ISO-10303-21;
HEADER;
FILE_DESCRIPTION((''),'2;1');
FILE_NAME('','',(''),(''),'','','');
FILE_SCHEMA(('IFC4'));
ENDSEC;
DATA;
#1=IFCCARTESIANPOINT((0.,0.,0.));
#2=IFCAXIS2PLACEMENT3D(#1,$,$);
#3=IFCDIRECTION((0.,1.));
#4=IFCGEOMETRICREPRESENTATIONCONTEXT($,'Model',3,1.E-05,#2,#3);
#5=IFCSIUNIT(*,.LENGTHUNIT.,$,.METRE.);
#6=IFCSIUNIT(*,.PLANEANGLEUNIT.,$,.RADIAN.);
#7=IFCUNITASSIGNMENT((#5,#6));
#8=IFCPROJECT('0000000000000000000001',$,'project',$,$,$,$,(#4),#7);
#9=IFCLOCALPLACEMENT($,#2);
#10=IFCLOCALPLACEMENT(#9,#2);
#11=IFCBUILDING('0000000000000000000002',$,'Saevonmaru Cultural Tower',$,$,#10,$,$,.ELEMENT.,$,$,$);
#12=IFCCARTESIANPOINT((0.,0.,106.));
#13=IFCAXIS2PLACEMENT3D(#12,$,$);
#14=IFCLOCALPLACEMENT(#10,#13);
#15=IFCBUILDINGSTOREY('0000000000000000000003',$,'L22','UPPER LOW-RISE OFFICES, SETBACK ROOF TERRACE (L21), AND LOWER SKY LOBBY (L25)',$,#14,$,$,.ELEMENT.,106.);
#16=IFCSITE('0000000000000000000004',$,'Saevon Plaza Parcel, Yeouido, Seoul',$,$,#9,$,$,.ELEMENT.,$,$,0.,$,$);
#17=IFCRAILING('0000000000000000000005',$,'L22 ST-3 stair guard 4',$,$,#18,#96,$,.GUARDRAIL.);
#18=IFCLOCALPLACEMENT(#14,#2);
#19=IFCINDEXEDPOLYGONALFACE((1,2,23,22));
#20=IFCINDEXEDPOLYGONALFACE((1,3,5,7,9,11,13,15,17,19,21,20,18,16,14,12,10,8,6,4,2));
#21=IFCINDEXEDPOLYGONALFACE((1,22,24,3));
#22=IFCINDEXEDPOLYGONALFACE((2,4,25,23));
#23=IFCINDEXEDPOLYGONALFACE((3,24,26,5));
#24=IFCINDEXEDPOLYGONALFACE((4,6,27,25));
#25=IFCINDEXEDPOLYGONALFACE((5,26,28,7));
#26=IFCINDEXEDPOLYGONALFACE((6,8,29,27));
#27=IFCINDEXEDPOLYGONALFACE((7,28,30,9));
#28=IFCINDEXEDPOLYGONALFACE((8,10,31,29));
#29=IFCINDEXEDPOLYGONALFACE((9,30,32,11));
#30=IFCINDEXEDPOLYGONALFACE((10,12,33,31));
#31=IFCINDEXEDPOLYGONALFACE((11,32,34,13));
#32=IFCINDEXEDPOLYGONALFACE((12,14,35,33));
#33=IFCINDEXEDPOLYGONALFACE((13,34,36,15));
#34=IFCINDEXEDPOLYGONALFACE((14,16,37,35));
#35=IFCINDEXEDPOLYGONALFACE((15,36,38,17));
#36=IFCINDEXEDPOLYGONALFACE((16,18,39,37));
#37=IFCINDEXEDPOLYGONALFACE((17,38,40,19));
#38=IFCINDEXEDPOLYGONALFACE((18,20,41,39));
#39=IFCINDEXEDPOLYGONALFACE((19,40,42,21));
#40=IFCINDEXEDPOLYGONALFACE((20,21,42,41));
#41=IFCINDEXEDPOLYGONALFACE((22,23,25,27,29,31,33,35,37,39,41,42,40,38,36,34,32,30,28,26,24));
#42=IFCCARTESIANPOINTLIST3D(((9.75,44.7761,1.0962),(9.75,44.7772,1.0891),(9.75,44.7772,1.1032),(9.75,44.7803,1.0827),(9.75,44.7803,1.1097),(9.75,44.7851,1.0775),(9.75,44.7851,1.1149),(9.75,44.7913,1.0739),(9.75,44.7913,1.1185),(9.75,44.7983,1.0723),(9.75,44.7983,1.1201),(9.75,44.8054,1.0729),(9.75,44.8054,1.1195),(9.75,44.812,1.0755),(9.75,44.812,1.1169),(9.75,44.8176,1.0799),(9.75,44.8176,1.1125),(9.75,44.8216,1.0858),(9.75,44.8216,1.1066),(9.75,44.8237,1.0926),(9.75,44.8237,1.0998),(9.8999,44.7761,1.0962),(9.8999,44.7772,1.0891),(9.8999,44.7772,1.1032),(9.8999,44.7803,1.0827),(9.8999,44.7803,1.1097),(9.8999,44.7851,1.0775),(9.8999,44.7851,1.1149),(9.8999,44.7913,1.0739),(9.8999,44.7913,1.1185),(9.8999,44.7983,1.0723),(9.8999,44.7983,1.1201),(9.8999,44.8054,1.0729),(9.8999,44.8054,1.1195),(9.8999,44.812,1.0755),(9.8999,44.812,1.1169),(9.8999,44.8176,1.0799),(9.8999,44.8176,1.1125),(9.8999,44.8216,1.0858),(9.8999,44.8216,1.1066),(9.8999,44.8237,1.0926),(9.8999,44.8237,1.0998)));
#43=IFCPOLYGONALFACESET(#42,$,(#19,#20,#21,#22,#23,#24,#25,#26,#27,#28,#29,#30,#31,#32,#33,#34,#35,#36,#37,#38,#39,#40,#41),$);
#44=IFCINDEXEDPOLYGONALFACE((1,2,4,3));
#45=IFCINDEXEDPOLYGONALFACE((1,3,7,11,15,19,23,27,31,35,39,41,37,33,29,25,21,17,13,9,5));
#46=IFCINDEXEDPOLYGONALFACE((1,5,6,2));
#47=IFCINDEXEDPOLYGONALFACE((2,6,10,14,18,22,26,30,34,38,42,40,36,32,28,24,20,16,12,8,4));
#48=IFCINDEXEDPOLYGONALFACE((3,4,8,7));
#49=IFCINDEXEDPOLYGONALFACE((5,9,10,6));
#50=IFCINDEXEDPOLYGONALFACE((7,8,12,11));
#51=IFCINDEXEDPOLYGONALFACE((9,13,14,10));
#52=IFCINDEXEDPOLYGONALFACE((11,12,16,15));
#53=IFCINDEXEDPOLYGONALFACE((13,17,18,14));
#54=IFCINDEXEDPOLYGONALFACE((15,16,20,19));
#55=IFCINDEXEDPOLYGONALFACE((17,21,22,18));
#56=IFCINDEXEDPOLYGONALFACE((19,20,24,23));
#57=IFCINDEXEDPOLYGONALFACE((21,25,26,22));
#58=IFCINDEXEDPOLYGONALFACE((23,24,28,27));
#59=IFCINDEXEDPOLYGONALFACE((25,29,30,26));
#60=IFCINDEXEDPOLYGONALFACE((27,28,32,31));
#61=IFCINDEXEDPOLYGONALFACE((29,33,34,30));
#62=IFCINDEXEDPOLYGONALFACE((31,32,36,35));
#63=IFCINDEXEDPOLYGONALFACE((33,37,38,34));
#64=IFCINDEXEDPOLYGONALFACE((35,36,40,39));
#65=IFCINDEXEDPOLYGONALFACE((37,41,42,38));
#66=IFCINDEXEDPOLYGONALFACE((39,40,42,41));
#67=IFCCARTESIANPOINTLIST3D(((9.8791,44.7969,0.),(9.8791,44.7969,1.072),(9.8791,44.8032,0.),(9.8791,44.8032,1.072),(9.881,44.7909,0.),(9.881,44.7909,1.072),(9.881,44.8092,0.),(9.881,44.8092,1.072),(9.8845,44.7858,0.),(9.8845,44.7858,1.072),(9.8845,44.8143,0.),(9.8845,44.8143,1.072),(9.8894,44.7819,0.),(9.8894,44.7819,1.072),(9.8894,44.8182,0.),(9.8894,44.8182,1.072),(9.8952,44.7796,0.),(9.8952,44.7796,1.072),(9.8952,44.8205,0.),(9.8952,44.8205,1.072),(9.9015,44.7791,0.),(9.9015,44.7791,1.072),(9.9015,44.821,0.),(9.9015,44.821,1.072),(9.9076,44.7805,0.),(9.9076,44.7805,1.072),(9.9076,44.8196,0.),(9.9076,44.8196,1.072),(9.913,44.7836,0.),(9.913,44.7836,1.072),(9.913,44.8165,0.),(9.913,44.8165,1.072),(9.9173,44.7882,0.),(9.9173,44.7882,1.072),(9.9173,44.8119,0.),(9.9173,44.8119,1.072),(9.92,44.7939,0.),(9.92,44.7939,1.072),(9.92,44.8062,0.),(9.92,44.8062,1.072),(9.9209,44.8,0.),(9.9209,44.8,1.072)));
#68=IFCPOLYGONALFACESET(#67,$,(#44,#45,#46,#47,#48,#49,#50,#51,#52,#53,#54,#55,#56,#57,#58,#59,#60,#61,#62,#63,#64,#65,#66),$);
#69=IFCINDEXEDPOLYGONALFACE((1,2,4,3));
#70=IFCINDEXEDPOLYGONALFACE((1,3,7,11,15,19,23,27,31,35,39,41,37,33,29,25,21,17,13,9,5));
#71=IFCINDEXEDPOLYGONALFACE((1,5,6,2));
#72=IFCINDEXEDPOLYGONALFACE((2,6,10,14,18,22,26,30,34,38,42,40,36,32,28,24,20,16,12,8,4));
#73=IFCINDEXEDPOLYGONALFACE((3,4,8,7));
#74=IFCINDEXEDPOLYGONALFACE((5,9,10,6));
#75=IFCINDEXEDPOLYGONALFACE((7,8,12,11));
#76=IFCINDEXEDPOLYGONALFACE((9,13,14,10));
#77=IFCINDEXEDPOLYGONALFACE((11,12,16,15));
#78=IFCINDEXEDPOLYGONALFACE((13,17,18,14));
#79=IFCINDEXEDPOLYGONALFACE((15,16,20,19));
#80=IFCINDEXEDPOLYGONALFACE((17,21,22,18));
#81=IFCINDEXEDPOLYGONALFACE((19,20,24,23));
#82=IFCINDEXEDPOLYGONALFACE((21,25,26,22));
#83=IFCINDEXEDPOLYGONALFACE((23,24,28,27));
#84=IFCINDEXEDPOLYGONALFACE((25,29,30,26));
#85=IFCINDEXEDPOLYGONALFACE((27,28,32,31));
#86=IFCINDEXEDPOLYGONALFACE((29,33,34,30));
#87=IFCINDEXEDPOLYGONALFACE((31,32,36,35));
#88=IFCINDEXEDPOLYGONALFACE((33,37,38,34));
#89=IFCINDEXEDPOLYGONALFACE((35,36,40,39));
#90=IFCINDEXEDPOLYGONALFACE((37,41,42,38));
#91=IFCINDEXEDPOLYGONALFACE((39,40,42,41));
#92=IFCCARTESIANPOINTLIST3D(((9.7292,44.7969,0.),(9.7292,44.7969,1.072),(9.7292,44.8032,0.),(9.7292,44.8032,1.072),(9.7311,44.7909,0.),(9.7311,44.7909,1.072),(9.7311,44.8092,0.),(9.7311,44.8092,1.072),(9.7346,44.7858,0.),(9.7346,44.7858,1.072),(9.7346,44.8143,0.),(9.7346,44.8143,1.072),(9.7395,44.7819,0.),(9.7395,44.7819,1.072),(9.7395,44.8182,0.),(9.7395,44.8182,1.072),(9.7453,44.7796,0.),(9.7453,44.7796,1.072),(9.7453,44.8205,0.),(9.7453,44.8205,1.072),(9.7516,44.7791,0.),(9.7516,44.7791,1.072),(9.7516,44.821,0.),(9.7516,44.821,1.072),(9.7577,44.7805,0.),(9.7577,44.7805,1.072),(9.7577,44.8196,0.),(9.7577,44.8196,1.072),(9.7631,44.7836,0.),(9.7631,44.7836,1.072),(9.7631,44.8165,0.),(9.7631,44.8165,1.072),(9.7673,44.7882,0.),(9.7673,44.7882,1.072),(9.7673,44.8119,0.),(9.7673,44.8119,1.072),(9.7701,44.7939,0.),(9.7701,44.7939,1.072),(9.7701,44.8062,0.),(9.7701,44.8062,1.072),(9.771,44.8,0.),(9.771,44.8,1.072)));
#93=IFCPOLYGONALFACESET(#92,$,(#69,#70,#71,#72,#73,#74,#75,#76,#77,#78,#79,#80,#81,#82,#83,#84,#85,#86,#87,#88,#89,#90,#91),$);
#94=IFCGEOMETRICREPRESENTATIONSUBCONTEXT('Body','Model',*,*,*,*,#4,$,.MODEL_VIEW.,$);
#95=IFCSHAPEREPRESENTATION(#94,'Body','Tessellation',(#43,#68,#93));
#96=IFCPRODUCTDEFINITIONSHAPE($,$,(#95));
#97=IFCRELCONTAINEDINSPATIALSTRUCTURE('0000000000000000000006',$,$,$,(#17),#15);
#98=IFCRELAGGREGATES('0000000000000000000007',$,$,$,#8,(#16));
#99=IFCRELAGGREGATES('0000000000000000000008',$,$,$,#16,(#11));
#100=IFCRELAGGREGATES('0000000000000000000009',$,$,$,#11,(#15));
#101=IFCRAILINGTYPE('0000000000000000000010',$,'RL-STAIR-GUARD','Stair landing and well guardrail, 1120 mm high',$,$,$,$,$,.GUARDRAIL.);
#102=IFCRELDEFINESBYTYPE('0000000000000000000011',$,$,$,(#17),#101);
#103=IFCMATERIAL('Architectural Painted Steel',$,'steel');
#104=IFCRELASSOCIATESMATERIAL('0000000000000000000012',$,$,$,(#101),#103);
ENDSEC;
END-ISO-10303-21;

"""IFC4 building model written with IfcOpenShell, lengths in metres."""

from ifc_helpers import new_model, si_unit, direction, frame, origin, origin_2d, place, context, subcontext, project, spatial, circle, extrude, material, type_object, element, save


model = new_model("IFC4")

# Units and contexts
model_context = context("Model", 3, precision=1e-05, world=origin(), true_north=direction((0.0, 1.0)))
body_context = subcontext(model_context, "Body", "Model", "MODEL_VIEW")
ifc_project = project(units=[si_unit("LENGTHUNIT", "METRE"), si_unit("PLANEANGLEUNIT", "RADIAN")], contexts=[model_context])

# Site, building, storey
site_placement = place(None, origin())
site = spatial("IfcSite", under=ifc_project, at=site_placement, Name="Saevon Plaza Parcel, Yeouido, Seoul", CompositionType="ELEMENT", RefElevation=0.0)
building_placement = place(site_placement, origin())
building = spatial("IfcBuilding", under=site, at=building_placement, Name="Saevonmaru Cultural Tower", CompositionType="ELEMENT")
storey_placement = place(building_placement, frame((0.0, 0.0, 106.0)))
storey = spatial("IfcBuildingStorey", under=building, at=storey_placement, Name="L22", Description="UPPER LOW-RISE OFFICES, SETBACK ROOF TERRACE (L21), AND LOWER SKY LOBBY (L25)", CompositionType="ELEMENT", Elevation=106.0)

# Railing
ifc_material_1 = material(Name="Architectural Painted Steel", Category="steel")
railing_type_1 = type_object("IfcRailingType", Name="RL-STAIR-GUARD", Description="Stair landing and well guardrail, 1120 mm high", PredefinedType="GUARDRAIL", material=ifc_material_1)
railing_1_placement = place(storey_placement, frame((9.8999, 44.8, 0.0)))
element("IfcRailing", 1, at=railing_1_placement, inside=storey, type_object=railing_type_1, Name="L22 ST-3 stair guard 4", PredefinedType="GUARDRAIL", context=body_context, shape_type="SweptSolid", body=[
    extrude(circle(Radius=0.0239, at=origin_2d()), frame((0.0, 0.0, 1.0962), z_axis=(-1.0, 0.0, 0.0), x_axis=(0.0, -1.0, 0.0)), (0.0, 0.0, 1.0), 0.1499),
    extrude(circle(Radius=0.021, at=origin_2d()), origin(), (0.0, 0.0, 1.0), 1.072),
    extrude(circle(Radius=0.021, at=origin_2d()), frame((-0.1499, 0.0, 0.0)), (0.0, 0.0, 1.0), 1.072),
])

save(model, "model.ifc")
